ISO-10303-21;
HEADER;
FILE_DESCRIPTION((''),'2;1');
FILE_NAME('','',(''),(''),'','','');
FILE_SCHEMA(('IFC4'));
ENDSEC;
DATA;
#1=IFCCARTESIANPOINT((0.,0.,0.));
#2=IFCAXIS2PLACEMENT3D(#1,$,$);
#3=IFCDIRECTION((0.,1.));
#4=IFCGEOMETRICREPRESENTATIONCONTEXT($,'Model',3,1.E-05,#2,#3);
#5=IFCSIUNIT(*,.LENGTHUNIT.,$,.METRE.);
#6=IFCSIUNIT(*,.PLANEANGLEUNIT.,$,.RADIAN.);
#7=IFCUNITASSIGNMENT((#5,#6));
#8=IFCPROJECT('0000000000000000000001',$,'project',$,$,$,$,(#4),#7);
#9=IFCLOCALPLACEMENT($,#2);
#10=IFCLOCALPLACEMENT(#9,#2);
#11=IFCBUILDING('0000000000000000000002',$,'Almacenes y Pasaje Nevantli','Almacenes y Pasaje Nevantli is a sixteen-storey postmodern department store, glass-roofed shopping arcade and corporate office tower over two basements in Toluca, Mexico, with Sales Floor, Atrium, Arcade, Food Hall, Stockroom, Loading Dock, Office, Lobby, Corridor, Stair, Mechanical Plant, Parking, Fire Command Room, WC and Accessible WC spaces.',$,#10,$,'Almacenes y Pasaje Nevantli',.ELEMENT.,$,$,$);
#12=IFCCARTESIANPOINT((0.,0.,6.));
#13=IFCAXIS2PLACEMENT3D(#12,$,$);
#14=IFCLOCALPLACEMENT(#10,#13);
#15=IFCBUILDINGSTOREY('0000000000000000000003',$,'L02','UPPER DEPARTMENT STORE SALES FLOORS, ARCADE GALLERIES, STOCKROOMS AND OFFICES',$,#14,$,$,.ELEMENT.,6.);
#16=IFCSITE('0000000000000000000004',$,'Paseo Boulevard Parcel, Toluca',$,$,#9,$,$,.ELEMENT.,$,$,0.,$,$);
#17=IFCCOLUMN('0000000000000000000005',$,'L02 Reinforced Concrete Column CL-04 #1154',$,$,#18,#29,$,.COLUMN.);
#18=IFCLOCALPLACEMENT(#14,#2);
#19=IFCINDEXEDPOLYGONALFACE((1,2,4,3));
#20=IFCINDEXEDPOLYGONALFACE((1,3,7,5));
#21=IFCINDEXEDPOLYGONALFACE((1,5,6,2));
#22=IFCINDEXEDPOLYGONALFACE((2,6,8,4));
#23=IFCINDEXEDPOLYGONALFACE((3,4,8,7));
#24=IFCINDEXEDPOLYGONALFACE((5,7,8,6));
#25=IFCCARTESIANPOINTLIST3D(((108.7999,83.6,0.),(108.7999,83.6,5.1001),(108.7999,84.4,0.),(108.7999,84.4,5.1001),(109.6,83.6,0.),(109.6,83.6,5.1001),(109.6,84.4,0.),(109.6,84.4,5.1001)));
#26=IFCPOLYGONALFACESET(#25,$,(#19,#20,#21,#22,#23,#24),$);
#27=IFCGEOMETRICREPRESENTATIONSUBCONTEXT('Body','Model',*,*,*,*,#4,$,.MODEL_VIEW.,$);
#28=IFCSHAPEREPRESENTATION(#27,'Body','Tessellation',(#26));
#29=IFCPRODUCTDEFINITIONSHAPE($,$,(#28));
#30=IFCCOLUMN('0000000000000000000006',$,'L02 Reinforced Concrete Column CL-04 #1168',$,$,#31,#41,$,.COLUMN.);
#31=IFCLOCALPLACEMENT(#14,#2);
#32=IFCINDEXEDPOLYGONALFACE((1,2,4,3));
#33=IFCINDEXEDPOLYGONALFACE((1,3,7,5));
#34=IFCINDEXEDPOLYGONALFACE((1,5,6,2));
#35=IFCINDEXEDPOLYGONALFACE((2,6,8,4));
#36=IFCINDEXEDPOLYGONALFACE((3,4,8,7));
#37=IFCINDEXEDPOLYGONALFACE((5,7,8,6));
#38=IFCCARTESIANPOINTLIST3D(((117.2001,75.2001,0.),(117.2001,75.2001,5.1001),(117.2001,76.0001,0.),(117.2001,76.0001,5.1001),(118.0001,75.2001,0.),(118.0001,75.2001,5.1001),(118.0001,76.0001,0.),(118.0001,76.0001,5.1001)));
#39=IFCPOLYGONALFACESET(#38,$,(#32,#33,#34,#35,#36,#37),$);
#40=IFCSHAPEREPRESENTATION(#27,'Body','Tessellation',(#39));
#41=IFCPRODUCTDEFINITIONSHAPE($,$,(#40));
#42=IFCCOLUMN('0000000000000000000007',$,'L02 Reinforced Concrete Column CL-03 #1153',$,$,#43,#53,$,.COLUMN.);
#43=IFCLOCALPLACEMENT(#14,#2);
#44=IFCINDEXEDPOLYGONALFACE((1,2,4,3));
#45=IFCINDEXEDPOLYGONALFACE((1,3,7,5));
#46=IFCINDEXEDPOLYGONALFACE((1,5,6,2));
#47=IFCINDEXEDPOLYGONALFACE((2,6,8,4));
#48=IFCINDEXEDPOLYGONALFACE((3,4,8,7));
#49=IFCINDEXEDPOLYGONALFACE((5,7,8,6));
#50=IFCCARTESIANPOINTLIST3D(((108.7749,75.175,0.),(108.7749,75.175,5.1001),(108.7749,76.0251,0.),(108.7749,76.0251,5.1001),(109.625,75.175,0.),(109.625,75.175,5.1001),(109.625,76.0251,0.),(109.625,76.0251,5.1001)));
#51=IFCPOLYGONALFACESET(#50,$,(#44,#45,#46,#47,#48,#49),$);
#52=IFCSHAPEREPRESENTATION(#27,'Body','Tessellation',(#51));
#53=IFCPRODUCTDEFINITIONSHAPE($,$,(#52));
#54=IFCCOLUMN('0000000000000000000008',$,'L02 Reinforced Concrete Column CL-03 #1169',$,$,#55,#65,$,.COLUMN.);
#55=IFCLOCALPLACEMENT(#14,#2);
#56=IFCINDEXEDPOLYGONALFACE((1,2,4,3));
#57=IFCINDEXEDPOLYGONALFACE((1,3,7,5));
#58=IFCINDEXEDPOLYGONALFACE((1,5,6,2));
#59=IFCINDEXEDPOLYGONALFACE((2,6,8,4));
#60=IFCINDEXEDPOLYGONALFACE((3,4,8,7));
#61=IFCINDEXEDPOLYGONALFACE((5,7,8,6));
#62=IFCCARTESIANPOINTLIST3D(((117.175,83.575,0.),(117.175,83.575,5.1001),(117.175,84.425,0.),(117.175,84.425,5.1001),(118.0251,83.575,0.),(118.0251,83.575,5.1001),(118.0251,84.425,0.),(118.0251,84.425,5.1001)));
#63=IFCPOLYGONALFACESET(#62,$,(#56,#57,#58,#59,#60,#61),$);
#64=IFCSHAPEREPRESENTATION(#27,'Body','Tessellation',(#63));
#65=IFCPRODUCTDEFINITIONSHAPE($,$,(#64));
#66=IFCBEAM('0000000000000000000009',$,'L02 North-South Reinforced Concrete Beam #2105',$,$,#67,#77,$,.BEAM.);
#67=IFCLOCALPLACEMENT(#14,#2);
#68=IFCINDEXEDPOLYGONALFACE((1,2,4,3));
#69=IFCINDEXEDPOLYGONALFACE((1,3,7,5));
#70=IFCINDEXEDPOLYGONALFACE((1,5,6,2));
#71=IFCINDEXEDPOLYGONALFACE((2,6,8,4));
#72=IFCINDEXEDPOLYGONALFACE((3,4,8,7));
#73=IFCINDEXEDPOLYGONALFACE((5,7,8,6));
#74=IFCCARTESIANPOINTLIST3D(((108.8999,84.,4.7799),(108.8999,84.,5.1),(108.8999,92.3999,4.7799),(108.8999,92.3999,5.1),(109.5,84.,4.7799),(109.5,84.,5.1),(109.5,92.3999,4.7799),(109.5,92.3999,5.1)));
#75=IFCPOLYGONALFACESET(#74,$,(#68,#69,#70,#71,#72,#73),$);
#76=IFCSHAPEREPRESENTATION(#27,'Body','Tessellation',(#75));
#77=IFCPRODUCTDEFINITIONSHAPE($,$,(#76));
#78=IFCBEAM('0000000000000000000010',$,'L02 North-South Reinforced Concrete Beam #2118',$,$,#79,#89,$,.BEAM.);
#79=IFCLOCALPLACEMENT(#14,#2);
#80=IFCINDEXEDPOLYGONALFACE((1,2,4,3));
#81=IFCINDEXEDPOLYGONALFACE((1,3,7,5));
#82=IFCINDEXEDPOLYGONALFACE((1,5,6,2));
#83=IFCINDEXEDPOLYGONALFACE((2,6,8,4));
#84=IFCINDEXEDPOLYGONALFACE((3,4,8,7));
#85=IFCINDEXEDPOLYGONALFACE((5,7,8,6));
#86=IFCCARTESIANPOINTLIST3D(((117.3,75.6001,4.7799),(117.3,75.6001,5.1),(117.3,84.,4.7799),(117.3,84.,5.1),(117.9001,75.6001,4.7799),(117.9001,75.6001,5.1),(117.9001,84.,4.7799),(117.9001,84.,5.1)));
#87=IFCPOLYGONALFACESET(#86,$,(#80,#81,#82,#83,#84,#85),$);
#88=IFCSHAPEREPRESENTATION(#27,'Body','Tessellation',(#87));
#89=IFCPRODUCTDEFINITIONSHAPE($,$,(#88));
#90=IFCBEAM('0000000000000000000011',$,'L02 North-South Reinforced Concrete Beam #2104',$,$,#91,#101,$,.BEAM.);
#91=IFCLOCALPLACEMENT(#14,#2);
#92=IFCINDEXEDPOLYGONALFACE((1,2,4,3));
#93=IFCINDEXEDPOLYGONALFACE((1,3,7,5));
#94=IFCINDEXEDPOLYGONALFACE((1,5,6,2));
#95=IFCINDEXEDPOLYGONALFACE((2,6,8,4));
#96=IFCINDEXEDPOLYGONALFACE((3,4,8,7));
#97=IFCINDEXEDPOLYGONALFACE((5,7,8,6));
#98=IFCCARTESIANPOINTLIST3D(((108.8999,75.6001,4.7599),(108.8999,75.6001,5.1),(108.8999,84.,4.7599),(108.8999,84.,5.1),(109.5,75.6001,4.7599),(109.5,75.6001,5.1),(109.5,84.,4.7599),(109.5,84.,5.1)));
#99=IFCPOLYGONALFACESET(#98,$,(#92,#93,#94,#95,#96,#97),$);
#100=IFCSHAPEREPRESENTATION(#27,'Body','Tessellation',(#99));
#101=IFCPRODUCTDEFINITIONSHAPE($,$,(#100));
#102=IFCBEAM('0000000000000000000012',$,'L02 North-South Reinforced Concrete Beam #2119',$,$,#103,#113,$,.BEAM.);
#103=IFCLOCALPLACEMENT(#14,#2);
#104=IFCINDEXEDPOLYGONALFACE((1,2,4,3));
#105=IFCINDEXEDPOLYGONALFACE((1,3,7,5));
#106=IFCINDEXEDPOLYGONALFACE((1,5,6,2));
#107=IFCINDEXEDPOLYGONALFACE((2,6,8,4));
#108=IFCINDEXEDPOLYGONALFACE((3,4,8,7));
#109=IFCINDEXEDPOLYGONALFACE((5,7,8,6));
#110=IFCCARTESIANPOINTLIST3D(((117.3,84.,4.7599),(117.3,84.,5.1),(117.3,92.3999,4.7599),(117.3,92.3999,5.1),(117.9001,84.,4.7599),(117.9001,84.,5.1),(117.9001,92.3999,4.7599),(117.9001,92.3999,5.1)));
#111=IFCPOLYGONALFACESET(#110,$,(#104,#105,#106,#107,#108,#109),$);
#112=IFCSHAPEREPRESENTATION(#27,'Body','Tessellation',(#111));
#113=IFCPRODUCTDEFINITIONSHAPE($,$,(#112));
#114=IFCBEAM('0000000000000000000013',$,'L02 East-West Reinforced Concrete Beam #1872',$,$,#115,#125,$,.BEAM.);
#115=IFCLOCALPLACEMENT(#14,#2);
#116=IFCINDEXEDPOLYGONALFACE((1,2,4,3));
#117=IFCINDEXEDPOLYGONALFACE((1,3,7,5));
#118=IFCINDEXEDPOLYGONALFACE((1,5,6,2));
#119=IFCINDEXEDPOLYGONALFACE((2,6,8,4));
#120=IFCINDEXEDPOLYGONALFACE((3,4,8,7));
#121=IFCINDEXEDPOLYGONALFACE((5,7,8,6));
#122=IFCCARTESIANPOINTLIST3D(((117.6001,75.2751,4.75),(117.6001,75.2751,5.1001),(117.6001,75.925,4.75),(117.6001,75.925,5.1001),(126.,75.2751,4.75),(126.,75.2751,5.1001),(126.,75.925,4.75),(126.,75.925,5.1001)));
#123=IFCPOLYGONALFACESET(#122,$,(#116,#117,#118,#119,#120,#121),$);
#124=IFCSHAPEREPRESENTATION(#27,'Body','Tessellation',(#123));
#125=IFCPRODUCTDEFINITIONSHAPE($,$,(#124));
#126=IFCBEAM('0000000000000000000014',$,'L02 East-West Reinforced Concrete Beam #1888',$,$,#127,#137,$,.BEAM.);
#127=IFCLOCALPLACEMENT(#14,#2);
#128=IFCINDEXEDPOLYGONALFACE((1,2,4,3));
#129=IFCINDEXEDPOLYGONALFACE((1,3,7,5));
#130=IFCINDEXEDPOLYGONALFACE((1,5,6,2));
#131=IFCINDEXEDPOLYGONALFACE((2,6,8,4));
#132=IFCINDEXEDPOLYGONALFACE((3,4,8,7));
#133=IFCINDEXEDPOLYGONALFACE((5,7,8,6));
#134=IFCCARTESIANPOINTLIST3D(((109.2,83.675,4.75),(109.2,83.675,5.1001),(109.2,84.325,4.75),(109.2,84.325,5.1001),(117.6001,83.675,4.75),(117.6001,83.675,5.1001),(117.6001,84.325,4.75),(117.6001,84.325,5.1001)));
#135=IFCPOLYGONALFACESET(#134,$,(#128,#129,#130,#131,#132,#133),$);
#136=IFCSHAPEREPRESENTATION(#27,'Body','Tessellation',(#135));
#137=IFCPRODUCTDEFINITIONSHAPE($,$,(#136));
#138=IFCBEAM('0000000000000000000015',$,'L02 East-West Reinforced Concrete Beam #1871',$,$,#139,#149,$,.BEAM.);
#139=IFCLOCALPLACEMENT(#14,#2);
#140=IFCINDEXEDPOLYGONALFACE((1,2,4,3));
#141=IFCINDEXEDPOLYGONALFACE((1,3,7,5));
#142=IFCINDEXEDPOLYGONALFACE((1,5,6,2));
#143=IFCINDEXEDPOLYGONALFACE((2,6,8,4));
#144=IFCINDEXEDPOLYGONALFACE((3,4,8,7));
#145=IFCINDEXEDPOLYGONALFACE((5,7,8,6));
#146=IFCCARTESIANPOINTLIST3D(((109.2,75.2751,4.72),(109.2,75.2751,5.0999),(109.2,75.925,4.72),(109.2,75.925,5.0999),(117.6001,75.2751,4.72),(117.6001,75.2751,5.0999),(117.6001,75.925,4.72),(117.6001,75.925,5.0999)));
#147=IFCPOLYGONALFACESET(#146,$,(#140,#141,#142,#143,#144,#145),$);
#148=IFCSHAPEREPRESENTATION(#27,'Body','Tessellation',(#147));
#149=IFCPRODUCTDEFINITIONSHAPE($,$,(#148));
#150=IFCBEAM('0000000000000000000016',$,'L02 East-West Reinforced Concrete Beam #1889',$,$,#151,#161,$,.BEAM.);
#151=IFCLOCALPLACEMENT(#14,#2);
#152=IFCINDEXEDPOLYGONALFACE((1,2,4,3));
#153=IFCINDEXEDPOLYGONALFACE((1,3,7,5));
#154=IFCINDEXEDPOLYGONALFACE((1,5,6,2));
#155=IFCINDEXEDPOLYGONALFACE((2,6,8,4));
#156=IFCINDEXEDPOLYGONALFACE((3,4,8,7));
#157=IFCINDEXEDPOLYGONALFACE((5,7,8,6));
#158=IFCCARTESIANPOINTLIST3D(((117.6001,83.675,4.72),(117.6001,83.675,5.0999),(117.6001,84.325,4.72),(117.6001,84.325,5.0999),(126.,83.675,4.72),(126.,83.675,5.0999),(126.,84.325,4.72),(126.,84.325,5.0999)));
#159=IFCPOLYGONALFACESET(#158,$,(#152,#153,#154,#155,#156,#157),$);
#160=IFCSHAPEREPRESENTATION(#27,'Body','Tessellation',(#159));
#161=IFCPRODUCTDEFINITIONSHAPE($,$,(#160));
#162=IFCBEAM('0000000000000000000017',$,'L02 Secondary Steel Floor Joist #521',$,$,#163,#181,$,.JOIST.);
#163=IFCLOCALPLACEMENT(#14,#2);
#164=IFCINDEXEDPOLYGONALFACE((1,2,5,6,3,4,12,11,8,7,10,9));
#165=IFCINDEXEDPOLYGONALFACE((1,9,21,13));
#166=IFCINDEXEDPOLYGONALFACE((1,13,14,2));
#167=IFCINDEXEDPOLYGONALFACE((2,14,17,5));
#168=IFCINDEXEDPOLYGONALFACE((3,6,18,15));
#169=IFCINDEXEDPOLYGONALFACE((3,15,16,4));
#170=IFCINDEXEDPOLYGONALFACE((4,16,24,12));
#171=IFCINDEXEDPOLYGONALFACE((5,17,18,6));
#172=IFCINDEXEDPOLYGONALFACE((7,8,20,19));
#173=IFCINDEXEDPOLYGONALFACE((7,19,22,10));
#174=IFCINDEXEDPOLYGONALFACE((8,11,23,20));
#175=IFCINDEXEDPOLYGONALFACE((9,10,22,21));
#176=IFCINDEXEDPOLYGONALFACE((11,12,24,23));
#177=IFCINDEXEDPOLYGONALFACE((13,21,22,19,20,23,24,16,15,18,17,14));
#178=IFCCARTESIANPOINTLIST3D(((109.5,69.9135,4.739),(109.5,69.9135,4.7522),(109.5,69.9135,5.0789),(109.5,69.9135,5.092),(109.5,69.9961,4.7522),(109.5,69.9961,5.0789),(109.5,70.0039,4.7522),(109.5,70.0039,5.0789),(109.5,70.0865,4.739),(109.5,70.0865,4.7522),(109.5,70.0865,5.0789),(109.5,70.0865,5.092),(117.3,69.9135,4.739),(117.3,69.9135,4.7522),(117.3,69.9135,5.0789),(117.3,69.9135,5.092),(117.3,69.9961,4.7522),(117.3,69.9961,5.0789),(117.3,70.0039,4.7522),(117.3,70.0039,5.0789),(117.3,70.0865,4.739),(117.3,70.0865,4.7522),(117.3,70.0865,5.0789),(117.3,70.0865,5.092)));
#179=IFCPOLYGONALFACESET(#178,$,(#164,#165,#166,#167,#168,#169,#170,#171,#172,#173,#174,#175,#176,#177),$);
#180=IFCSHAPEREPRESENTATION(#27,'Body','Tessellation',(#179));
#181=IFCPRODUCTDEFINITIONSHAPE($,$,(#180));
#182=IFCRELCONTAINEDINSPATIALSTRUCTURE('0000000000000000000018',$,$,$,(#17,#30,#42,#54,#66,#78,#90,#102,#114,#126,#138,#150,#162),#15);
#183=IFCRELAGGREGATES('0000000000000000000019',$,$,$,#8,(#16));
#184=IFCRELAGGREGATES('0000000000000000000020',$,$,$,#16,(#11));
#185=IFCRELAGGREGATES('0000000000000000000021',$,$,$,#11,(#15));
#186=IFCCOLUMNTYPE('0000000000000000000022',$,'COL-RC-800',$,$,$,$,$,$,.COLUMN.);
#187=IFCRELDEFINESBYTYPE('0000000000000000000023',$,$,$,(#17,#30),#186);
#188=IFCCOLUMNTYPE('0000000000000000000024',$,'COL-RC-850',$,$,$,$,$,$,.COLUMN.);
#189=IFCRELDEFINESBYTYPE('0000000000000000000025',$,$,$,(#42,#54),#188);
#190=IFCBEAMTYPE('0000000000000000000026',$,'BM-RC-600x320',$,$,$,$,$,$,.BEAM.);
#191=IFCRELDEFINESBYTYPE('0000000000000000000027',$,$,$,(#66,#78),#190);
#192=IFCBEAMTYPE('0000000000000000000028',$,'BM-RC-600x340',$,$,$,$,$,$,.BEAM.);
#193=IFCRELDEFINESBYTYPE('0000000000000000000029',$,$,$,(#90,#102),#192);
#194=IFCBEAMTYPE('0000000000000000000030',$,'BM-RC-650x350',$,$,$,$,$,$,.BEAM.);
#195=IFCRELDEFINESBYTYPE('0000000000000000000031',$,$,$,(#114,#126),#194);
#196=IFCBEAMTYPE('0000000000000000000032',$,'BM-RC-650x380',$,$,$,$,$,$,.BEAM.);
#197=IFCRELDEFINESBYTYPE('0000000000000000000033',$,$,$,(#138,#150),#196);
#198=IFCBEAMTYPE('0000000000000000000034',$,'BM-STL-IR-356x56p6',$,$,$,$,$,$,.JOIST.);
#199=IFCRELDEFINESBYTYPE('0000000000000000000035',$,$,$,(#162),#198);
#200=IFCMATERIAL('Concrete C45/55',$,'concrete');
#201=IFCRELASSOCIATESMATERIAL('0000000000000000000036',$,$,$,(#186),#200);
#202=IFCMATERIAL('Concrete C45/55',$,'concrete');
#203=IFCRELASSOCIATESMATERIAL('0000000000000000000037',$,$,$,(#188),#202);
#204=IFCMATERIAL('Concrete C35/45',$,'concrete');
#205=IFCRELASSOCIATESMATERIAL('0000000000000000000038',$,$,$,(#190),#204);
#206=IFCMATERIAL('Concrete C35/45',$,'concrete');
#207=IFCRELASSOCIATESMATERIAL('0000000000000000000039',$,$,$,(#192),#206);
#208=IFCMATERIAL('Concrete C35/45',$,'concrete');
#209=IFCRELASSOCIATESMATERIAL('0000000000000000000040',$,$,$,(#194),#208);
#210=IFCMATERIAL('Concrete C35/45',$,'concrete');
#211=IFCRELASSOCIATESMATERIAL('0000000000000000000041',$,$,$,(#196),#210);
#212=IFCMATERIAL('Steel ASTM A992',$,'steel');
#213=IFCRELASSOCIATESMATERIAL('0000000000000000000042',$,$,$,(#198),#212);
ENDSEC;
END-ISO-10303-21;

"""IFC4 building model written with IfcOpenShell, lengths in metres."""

from ifc_helpers import new_model, si_unit, direction, frame, origin, origin_2d, place, context, subcontext, project, spatial, rectangle, i_section, extrude, material, material_profile, profile_set, type_object, element, save


model = new_model("IFC4")

# Units and contexts
model_context = context("Model", 3, precision=1e-05, world=origin(), true_north=direction((0.0, 1.0)))
body_context = subcontext(model_context, "Body", "Model", "MODEL_VIEW")
ifc_project = project(units=[si_unit("LENGTHUNIT", "METRE"), si_unit("PLANEANGLEUNIT", "RADIAN")], contexts=[model_context])

# Site, building, storey
site_placement = place(None, origin())
site = spatial("IfcSite", under=ifc_project, at=site_placement, Name="Paseo Boulevard Parcel, Toluca", CompositionType="ELEMENT", RefElevation=0.0)
building_placement = place(site_placement, origin())
building = spatial("IfcBuilding", under=site, at=building_placement, Name="Almacenes y Pasaje Nevantli", Description="Almacenes y Pasaje Nevantli is a sixteen-storey postmodern department store, glass-roofed shopping arcade and corporate office tower over two basements in Toluca, Mexico, with Sales Floor, Atrium, Arcade, Food Hall, Stockroom, Loading Dock, Office, Lobby, Corridor, Stair, Mechanical Plant, Parking, Fire Command Room, WC and Accessible WC spaces.", LongName="Almacenes y Pasaje Nevantli", CompositionType="ELEMENT")
storey_placement = place(building_placement, frame((0.0, 0.0, 6.0)))
storey = spatial("IfcBuildingStorey", under=building, at=storey_placement, Name="L02", Description="UPPER DEPARTMENT STORE SALES FLOORS, ARCADE GALLERIES, STOCKROOMS AND OFFICES", CompositionType="ELEMENT", Elevation=6.0)

# Columns
ifc_material_1 = material(Name="Concrete C45/55", Category="concrete")
ifc_material_profile_1 = material_profile(ifc_material_1, rectangle(XDim=0.8, YDim=0.8, at=origin_2d()), Name="RC-COL-800x800")
ifc_profile_set_1 = profile_set([ifc_material_profile_1], Name="Concrete C45/55")
column_type_1 = type_object("IfcColumnType", Name="COL-RC-800", PredefinedType="COLUMN", material=ifc_profile_set_1)
for number, where, z_axis, x_axis, name in (
    (1, (109.2, 84.0, 0.0), (0.0, 0.0, 1.0), (1.0, 0.0, 0.0), "L02 Reinforced Concrete Column CL-04 #1154"),
    (2, (117.6001, 75.6001, 0.0), (0.0, 0.0, 1.0), (1.0, 0.0, 0.0), "L02 Reinforced Concrete Column CL-04 #1168"),
):
    element("IfcColumn", number, at=place(storey_placement, frame(where, z_axis=z_axis, x_axis=x_axis)), inside=storey, type_object=column_type_1, Name=name, PredefinedType="COLUMN", context=body_context, shape_type="SweptSolid", body=[
        extrude(rectangle(XDim=0.8, YDim=0.8, at=origin_2d()), origin(), (0.0, 0.0, 1.0), 5.1001),
    ])
ifc_material_2 = material(Name="Concrete C45/55", Category="concrete")
ifc_material_profile_2 = material_profile(ifc_material_2, rectangle(XDim=0.8501, YDim=0.8501, at=origin_2d()), Name="RC-COL-850x850")
ifc_profile_set_2 = profile_set([ifc_material_profile_2], Name="Concrete C45/55")
column_type_2 = type_object("IfcColumnType", Name="COL-RC-850", PredefinedType="COLUMN", material=ifc_profile_set_2)
for number, where, z_axis, x_axis, name in (
    (3, (109.2, 75.6001, 0.0), (0.0, 0.0, 1.0), (1.0, 0.0, 0.0), "L02 Reinforced Concrete Column CL-03 #1153"),
    (4, (117.6001, 84.0, 0.0), (0.0, 0.0, 1.0), (1.0, 0.0, 0.0), "L02 Reinforced Concrete Column CL-03 #1169"),
):
    element("IfcColumn", number, at=place(storey_placement, frame(where, z_axis=z_axis, x_axis=x_axis)), inside=storey, type_object=column_type_2, Name=name, PredefinedType="COLUMN", context=body_context, shape_type="SweptSolid", body=[
        extrude(rectangle(XDim=0.8501, YDim=0.8501, at=origin_2d()), origin(), (0.0, 0.0, 1.0), 5.1001),
    ])

# Beams
ifc_material_3 = material(Name="Concrete C35/45", Category="concrete")
ifc_material_profile_3 = material_profile(ifc_material_3, rectangle(XDim=0.6001, YDim=0.3201, at=origin_2d()), Name="RC-BM-600x320")
ifc_profile_set_3 = profile_set([ifc_material_profile_3], Name="Concrete C35/45")
beam_type_1 = type_object("IfcBeamType", Name="BM-RC-600x320", PredefinedType="BEAM", material=ifc_profile_set_3)
for number, where, z_axis, x_axis, name in (
    (5, (109.2, 84.0, 4.9399), (0.0, 1.0, 0.0), (-1.0, 0.0, 0.0), "L02 North-South Reinforced Concrete Beam #2105"),
    (6, (117.6001, 75.6001, 4.9399), (0.0, 1.0, 0.0), (-1.0, 0.0, 0.0), "L02 North-South Reinforced Concrete Beam #2118"),
):
    element("IfcBeam", number, at=place(storey_placement, frame(where, z_axis=z_axis, x_axis=x_axis)), inside=storey, type_object=beam_type_1, Name=name, PredefinedType="BEAM", context=body_context, shape_type="SweptSolid", body=[
        extrude(rectangle(XDim=0.6001, YDim=0.3201, at=origin_2d()), origin(), (0.0, 0.0, 1.0), 8.3999),
    ])
ifc_material_4 = material(Name="Concrete C35/45", Category="concrete")
ifc_material_profile_4 = material_profile(ifc_material_4, rectangle(XDim=0.6001, YDim=0.3401, at=origin_2d()), Name="RC-BM-600x340")
ifc_profile_set_4 = profile_set([ifc_material_profile_4], Name="Concrete C35/45")
beam_type_2 = type_object("IfcBeamType", Name="BM-RC-600x340", PredefinedType="BEAM", material=ifc_profile_set_4)
for number, where, z_axis, x_axis, name in (
    (7, (109.2, 75.6001, 4.9299), (0.0, 1.0, 0.0), (-1.0, 0.0, 0.0), "L02 North-South Reinforced Concrete Beam #2104"),
    (8, (117.6001, 84.0, 4.9299), (0.0, 1.0, 0.0), (-1.0, 0.0, 0.0), "L02 North-South Reinforced Concrete Beam #2119"),
):
    element("IfcBeam", number, at=place(storey_placement, frame(where, z_axis=z_axis, x_axis=x_axis)), inside=storey, type_object=beam_type_2, Name=name, PredefinedType="BEAM", context=body_context, shape_type="SweptSolid", body=[
        extrude(rectangle(XDim=0.6001, YDim=0.3401, at=origin_2d()), origin(), (0.0, 0.0, 1.0), 8.3999),
    ])
ifc_material_5 = material(Name="Concrete C35/45", Category="concrete")
ifc_material_profile_5 = material_profile(ifc_material_5, rectangle(XDim=0.6499, YDim=0.3501, at=origin_2d()), Name="RC-BM-650x350")
ifc_profile_set_5 = profile_set([ifc_material_profile_5], Name="Concrete C35/45")
beam_type_3 = type_object("IfcBeamType", Name="BM-RC-650x350", PredefinedType="BEAM", material=ifc_profile_set_5)
beam_1_placement = place(storey_placement, frame((117.6001, 75.6001, 4.925), z_axis=(1.0, 0.0, 0.0), x_axis=(0.0, 1.0, 0.0)))
element("IfcBeam", 9, at=beam_1_placement, inside=storey, type_object=beam_type_3, Name="L02 East-West Reinforced Concrete Beam #1872", PredefinedType="BEAM", context=body_context, shape_type="SweptSolid", body=[
    extrude(rectangle(XDim=0.6499, YDim=0.3501, at=origin_2d()), origin(), (0.0, 0.0, 1.0), 8.3999),
])
beam_2_placement = place(storey_placement, frame((109.2, 84.0, 4.925), z_axis=(1.0, 0.0, 0.0), x_axis=(0.0, 1.0, 0.0)))
element("IfcBeam", 10, at=beam_2_placement, inside=storey, type_object=beam_type_3, Name="L02 East-West Reinforced Concrete Beam #1888", PredefinedType="BEAM", context=body_context, shape_type="SweptSolid", body=[
    extrude(rectangle(XDim=0.6499, YDim=0.3501, at=origin_2d()), origin(), (0.0, 0.0, 1.0), 8.4001),
])
ifc_material_6 = material(Name="Concrete C35/45", Category="concrete")
ifc_material_profile_6 = material_profile(ifc_material_6, rectangle(XDim=0.6499, YDim=0.3799, at=origin_2d()), Name="RC-BM-650x380")
ifc_profile_set_6 = profile_set([ifc_material_profile_6], Name="Concrete C35/45")
beam_type_4 = type_object("IfcBeamType", Name="BM-RC-650x380", PredefinedType="BEAM", material=ifc_profile_set_6)
beam_3_placement = place(storey_placement, frame((109.2, 75.6001, 4.9099), z_axis=(1.0, 0.0, 0.0), x_axis=(0.0, 1.0, 0.0)))
element("IfcBeam", 11, at=beam_3_placement, inside=storey, type_object=beam_type_4, Name="L02 East-West Reinforced Concrete Beam #1871", PredefinedType="BEAM", context=body_context, shape_type="SweptSolid", body=[
    extrude(rectangle(XDim=0.6499, YDim=0.3799, at=origin_2d()), origin(), (0.0, 0.0, 1.0), 8.4001),
])
beam_4_placement = place(storey_placement, frame((117.6001, 84.0, 4.9099), z_axis=(1.0, 0.0, 0.0), x_axis=(0.0, 1.0, 0.0)))
element("IfcBeam", 12, at=beam_4_placement, inside=storey, type_object=beam_type_4, Name="L02 East-West Reinforced Concrete Beam #1889", PredefinedType="BEAM", context=body_context, shape_type="SweptSolid", body=[
    extrude(rectangle(XDim=0.6499, YDim=0.3799, at=origin_2d()), origin(), (0.0, 0.0, 1.0), 8.3999),
])
ifc_material_7 = material(Name="Steel ASTM A992", Category="steel")
ifc_material_profile_7 = material_profile(ifc_material_7, i_section(OverallWidth=0.1731, OverallDepth=0.353, WebThickness=0.0078, FlangeThickness=0.0132, at=origin_2d()), Name="IR 356x56.6")
ifc_profile_set_7 = profile_set([ifc_material_profile_7], Name="Steel ASTM A992")
beam_type_5 = type_object("IfcBeamType", Name="BM-STL-IR-356x56p6", PredefinedType="JOIST", material=ifc_profile_set_7)
for number, where, z_axis, x_axis, name in (
    (13, (109.5, 70.0, 4.9155), (1.0, 0.0, 0.0), (0.0, 1.0, 0.0), "L02 Secondary Steel Floor Joist #521"),
):
    element("IfcBeam", number, at=place(storey_placement, frame(where, z_axis=z_axis, x_axis=x_axis)), inside=storey, type_object=beam_type_5, Name=name, PredefinedType="JOIST", context=body_context, shape_type="SweptSolid", body=[
        extrude(i_section(OverallWidth=0.1731, OverallDepth=0.353, WebThickness=0.0078, FlangeThickness=0.0132, at=origin_2d()), origin(), (0.0, 0.0, 1.0), 7.8),
    ])

save(model, "model.ifc")
